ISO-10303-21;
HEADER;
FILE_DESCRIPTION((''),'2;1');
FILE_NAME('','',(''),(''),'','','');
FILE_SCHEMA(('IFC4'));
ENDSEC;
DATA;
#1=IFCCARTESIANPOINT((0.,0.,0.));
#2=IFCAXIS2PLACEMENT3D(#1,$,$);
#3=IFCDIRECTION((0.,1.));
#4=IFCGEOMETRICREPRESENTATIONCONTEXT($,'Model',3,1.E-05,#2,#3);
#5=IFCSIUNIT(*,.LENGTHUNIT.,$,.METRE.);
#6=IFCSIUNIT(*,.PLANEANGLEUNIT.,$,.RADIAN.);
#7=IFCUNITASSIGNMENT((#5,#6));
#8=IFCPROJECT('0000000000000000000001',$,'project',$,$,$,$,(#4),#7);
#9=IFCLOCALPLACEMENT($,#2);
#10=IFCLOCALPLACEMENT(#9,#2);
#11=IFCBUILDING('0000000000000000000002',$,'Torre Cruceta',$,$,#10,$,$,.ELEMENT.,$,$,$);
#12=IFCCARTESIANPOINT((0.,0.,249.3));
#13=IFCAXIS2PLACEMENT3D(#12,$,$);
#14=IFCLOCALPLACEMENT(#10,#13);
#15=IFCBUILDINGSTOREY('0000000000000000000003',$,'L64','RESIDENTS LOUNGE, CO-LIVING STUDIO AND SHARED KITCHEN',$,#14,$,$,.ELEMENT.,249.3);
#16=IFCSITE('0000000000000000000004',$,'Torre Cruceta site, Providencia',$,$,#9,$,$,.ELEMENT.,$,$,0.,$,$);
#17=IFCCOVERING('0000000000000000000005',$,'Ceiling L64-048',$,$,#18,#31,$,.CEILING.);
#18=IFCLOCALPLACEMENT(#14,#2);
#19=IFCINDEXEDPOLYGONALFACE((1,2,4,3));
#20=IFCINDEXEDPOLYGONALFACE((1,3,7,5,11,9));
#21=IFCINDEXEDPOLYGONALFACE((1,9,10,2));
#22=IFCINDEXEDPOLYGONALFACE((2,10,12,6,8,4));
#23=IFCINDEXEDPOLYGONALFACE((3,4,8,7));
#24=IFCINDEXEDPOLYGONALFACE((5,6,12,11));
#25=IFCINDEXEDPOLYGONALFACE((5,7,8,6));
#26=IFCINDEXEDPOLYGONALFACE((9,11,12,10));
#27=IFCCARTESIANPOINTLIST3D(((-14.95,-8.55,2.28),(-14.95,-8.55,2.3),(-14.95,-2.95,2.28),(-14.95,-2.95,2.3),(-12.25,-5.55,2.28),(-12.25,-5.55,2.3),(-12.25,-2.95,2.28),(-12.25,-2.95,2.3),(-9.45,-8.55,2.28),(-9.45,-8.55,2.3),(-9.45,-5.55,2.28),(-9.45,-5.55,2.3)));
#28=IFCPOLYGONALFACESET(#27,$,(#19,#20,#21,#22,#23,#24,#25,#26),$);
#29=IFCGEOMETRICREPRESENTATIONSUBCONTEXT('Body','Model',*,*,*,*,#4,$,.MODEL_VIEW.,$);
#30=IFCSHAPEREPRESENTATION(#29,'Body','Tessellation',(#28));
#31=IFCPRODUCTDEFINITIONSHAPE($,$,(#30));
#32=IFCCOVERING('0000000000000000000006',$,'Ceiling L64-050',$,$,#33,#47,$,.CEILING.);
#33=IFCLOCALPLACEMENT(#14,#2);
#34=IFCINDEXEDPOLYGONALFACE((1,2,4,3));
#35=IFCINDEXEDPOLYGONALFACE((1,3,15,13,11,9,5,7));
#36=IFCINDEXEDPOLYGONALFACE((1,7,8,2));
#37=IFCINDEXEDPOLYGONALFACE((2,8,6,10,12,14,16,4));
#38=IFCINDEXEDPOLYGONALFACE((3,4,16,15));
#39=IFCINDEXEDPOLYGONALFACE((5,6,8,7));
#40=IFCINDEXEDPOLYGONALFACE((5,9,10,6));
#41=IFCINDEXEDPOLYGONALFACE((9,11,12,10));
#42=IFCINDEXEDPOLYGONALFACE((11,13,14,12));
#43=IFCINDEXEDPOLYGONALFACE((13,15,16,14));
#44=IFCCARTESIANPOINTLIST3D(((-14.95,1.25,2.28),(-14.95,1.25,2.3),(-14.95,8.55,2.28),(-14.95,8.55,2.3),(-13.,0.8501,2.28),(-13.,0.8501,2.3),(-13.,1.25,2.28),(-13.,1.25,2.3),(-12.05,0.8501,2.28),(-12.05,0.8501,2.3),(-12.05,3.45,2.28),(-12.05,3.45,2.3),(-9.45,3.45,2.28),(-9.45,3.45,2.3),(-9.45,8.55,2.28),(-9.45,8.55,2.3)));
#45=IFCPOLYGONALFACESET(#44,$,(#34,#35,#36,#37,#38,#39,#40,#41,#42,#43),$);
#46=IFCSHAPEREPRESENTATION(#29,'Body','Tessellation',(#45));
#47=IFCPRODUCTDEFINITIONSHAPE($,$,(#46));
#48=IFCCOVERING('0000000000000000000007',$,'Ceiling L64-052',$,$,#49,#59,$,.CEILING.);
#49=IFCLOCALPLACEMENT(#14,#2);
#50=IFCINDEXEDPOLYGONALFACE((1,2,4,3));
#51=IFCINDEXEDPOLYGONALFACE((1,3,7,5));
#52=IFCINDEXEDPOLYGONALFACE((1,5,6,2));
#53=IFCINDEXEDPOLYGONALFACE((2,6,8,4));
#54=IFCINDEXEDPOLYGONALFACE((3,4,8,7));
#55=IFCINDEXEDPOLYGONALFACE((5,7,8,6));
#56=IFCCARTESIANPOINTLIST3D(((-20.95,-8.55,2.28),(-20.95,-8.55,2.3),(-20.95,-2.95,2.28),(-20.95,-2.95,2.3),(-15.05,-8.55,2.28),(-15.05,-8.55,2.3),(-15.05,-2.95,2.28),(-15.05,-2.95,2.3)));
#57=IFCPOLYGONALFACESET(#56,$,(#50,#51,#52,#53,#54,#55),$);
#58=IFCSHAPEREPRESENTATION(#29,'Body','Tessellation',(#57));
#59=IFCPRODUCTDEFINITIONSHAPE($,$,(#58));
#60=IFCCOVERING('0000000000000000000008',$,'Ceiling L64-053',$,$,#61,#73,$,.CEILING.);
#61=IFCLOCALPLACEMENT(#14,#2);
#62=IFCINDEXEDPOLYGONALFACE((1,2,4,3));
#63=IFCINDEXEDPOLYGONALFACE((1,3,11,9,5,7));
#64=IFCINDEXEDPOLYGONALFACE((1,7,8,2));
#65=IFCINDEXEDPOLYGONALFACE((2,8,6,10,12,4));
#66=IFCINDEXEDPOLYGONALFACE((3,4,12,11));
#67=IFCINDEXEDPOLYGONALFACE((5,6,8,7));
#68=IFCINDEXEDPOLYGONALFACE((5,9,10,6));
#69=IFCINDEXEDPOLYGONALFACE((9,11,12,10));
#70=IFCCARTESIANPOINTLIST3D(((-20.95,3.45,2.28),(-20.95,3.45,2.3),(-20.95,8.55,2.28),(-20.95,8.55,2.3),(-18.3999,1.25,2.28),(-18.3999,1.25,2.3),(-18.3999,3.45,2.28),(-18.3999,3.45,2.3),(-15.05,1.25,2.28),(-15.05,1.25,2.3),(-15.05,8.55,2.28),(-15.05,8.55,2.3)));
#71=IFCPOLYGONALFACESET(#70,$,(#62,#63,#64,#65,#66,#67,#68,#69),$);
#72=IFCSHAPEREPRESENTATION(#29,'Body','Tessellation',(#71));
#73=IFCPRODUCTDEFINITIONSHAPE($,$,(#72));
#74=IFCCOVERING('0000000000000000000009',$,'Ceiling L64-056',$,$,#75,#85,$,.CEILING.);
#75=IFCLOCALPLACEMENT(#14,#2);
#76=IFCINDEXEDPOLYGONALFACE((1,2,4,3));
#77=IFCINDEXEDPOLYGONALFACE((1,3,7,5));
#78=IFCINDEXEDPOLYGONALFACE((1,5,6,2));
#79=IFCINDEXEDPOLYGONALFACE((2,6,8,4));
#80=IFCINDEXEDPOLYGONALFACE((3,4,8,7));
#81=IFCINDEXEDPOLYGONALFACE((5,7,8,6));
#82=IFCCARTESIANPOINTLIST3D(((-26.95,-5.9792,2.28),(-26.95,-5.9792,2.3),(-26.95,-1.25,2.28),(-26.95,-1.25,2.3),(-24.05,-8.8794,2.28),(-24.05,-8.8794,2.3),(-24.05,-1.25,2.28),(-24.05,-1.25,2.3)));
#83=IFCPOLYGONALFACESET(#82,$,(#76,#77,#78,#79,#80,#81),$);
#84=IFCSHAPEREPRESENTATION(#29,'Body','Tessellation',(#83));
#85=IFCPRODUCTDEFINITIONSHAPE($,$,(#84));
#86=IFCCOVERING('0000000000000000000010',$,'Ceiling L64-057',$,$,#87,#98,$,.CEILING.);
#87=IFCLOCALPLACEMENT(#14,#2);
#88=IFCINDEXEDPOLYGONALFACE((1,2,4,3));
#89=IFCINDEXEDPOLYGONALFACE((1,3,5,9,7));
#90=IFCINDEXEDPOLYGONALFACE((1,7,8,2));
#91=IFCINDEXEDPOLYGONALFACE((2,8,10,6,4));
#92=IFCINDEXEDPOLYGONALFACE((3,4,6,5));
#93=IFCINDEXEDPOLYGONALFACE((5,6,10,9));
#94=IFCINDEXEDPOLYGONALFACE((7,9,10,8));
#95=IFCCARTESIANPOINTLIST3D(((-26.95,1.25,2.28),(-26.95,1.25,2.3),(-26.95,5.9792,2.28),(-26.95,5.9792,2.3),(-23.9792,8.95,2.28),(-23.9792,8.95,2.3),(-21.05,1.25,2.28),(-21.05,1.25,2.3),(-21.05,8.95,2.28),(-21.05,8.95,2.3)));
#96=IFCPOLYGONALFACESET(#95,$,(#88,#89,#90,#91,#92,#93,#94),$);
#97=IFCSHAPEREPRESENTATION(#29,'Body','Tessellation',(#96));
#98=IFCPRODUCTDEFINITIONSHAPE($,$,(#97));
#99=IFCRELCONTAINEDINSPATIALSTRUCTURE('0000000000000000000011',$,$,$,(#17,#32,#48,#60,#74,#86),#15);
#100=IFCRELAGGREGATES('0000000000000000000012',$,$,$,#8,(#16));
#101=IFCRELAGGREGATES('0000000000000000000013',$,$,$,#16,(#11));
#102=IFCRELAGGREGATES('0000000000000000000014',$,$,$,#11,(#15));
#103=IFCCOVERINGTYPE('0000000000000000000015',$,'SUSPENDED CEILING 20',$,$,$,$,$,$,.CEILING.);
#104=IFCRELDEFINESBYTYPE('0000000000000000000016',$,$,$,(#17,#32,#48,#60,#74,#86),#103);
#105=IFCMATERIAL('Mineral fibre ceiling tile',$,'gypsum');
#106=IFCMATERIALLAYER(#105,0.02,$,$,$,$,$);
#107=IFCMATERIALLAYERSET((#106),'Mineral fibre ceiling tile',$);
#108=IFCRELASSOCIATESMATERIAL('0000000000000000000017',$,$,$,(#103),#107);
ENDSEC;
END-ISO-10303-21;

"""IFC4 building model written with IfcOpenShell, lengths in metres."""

from ifc_helpers import new_model, si_unit, direction, frame, origin, place, context, subcontext, project, spatial, polyline, outline, extrude, material, layer, layer_set, type_object, element, save


model = new_model("IFC4")

# Units and contexts
model_context = context("Model", 3, precision=1e-05, world=origin(), true_north=direction((0.0, 1.0)))
body_context = subcontext(model_context, "Body", "Model", "MODEL_VIEW")
ifc_project = project(units=[si_unit("LENGTHUNIT", "METRE"), si_unit("PLANEANGLEUNIT", "RADIAN")], contexts=[model_context])

# Site, building, storey
site_placement = place(None, origin())
site = spatial("IfcSite", under=ifc_project, at=site_placement, Name="Torre Cruceta site, Providencia", CompositionType="ELEMENT", RefElevation=0.0)
building_placement = place(site_placement, origin())
building = spatial("IfcBuilding", under=site, at=building_placement, Name="Torre Cruceta", CompositionType="ELEMENT")
storey_placement = place(building_placement, frame((0.0, 0.0, 249.3)))
storey = spatial("IfcBuildingStorey", under=building, at=storey_placement, Name="L64", Description="RESIDENTS LOUNGE, CO-LIVING STUDIO AND SHARED KITCHEN", CompositionType="ELEMENT", Elevation=249.3)

# Coverings
ifc_material_1 = material(Name="Mineral fibre ceiling tile", Category="gypsum")
ifc_layer_1 = layer(ifc_material_1, 0.02)
ifc_layer_set_1 = layer_set([ifc_layer_1], Name="Mineral fibre ceiling tile")
covering_type_1 = type_object("IfcCoveringType", Name="SUSPENDED CEILING 20", PredefinedType="CEILING", material=ifc_layer_set_1)
covering_1_placement = place(storey_placement, frame((0.0, 0.0, 2.28)))
element("IfcCovering", 1, at=covering_1_placement, inside=storey, type_object=covering_type_1, Name="Ceiling L64-048", PredefinedType="CEILING", context=body_context, shape_type="SweptSolid", body=[
    extrude(outline(polyline([(-9.45, -8.55), (-14.95, -8.55), (-14.95, -2.95), (-12.25, -2.95), (-12.25, -5.55), (-9.45, -5.55), (-9.45, -8.55)])), origin(), (0.0, 0.0, 1.0), 0.02),
])
covering_2_placement = place(storey_placement, frame((0.0, 0.0, 2.28)))
element("IfcCovering", 2, at=covering_2_placement, inside=storey, type_object=covering_type_1, Name="Ceiling L64-050", PredefinedType="CEILING", context=body_context, shape_type="SweptSolid", body=[
    extrude(outline(polyline([(-14.95, 8.55), (-9.45, 8.55), (-9.45, 3.45), (-12.05, 3.45), (-12.05, 0.8501), (-13.0, 0.8501), (-13.0, 1.25), (-14.95, 1.25), (-14.95, 8.55)])), origin(), (0.0, 0.0, 1.0), 0.02),
])
covering_3_placement = place(storey_placement, frame((0.0, 0.0, 2.28)))
element("IfcCovering", 3, at=covering_3_placement, inside=storey, type_object=covering_type_1, Name="Ceiling L64-052", PredefinedType="CEILING", context=body_context, shape_type="SweptSolid", body=[
    extrude(outline(polyline([(-15.05, -2.95), (-15.05, -8.55), (-20.95, -8.55), (-20.95, -2.95), (-15.05, -2.95)])), origin(), (0.0, 0.0, 1.0), 0.02),
])
covering_4_placement = place(storey_placement, frame((0.0, 0.0, 2.28)))
element("IfcCovering", 4, at=covering_4_placement, inside=storey, type_object=covering_type_1, Name="Ceiling L64-053", PredefinedType="CEILING", context=body_context, shape_type="SweptSolid", body=[
    extrude(outline(polyline([(-15.05, 8.55), (-15.05, 1.25), (-18.3999, 1.25), (-18.3999, 3.45), (-20.95, 3.45), (-20.95, 8.55), (-15.05, 8.55)])), origin(), (0.0, 0.0, 1.0), 0.02),
])
covering_5_placement = place(storey_placement, frame((0.0, 0.0, 2.28)))
element("IfcCovering", 5, at=covering_5_placement, inside=storey, type_object=covering_type_1, Name="Ceiling L64-056", PredefinedType="CEILING", context=body_context, shape_type="SweptSolid", body=[
    extrude(outline(polyline([(-26.95, -1.25), (-24.05, -1.25), (-24.05, -8.8794), (-26.95, -5.9792), (-26.95, -1.25)])), origin(), (0.0, 0.0, 1.0), 0.02),
])
covering_6_placement = place(storey_placement, frame((0.0, 0.0, 2.28)))
element("IfcCovering", 6, at=covering_6_placement, inside=storey, type_object=covering_type_1, Name="Ceiling L64-057", PredefinedType="CEILING", context=body_context, shape_type="SweptSolid", body=[
    extrude(outline(polyline([(-23.9792, 8.95), (-21.05, 8.95), (-21.05, 1.25), (-26.95, 1.25), (-26.95, 5.9792), (-23.9792, 8.95)])), origin(), (0.0, 0.0, 1.0), 0.02),
])

save(model, "model.ifc")
